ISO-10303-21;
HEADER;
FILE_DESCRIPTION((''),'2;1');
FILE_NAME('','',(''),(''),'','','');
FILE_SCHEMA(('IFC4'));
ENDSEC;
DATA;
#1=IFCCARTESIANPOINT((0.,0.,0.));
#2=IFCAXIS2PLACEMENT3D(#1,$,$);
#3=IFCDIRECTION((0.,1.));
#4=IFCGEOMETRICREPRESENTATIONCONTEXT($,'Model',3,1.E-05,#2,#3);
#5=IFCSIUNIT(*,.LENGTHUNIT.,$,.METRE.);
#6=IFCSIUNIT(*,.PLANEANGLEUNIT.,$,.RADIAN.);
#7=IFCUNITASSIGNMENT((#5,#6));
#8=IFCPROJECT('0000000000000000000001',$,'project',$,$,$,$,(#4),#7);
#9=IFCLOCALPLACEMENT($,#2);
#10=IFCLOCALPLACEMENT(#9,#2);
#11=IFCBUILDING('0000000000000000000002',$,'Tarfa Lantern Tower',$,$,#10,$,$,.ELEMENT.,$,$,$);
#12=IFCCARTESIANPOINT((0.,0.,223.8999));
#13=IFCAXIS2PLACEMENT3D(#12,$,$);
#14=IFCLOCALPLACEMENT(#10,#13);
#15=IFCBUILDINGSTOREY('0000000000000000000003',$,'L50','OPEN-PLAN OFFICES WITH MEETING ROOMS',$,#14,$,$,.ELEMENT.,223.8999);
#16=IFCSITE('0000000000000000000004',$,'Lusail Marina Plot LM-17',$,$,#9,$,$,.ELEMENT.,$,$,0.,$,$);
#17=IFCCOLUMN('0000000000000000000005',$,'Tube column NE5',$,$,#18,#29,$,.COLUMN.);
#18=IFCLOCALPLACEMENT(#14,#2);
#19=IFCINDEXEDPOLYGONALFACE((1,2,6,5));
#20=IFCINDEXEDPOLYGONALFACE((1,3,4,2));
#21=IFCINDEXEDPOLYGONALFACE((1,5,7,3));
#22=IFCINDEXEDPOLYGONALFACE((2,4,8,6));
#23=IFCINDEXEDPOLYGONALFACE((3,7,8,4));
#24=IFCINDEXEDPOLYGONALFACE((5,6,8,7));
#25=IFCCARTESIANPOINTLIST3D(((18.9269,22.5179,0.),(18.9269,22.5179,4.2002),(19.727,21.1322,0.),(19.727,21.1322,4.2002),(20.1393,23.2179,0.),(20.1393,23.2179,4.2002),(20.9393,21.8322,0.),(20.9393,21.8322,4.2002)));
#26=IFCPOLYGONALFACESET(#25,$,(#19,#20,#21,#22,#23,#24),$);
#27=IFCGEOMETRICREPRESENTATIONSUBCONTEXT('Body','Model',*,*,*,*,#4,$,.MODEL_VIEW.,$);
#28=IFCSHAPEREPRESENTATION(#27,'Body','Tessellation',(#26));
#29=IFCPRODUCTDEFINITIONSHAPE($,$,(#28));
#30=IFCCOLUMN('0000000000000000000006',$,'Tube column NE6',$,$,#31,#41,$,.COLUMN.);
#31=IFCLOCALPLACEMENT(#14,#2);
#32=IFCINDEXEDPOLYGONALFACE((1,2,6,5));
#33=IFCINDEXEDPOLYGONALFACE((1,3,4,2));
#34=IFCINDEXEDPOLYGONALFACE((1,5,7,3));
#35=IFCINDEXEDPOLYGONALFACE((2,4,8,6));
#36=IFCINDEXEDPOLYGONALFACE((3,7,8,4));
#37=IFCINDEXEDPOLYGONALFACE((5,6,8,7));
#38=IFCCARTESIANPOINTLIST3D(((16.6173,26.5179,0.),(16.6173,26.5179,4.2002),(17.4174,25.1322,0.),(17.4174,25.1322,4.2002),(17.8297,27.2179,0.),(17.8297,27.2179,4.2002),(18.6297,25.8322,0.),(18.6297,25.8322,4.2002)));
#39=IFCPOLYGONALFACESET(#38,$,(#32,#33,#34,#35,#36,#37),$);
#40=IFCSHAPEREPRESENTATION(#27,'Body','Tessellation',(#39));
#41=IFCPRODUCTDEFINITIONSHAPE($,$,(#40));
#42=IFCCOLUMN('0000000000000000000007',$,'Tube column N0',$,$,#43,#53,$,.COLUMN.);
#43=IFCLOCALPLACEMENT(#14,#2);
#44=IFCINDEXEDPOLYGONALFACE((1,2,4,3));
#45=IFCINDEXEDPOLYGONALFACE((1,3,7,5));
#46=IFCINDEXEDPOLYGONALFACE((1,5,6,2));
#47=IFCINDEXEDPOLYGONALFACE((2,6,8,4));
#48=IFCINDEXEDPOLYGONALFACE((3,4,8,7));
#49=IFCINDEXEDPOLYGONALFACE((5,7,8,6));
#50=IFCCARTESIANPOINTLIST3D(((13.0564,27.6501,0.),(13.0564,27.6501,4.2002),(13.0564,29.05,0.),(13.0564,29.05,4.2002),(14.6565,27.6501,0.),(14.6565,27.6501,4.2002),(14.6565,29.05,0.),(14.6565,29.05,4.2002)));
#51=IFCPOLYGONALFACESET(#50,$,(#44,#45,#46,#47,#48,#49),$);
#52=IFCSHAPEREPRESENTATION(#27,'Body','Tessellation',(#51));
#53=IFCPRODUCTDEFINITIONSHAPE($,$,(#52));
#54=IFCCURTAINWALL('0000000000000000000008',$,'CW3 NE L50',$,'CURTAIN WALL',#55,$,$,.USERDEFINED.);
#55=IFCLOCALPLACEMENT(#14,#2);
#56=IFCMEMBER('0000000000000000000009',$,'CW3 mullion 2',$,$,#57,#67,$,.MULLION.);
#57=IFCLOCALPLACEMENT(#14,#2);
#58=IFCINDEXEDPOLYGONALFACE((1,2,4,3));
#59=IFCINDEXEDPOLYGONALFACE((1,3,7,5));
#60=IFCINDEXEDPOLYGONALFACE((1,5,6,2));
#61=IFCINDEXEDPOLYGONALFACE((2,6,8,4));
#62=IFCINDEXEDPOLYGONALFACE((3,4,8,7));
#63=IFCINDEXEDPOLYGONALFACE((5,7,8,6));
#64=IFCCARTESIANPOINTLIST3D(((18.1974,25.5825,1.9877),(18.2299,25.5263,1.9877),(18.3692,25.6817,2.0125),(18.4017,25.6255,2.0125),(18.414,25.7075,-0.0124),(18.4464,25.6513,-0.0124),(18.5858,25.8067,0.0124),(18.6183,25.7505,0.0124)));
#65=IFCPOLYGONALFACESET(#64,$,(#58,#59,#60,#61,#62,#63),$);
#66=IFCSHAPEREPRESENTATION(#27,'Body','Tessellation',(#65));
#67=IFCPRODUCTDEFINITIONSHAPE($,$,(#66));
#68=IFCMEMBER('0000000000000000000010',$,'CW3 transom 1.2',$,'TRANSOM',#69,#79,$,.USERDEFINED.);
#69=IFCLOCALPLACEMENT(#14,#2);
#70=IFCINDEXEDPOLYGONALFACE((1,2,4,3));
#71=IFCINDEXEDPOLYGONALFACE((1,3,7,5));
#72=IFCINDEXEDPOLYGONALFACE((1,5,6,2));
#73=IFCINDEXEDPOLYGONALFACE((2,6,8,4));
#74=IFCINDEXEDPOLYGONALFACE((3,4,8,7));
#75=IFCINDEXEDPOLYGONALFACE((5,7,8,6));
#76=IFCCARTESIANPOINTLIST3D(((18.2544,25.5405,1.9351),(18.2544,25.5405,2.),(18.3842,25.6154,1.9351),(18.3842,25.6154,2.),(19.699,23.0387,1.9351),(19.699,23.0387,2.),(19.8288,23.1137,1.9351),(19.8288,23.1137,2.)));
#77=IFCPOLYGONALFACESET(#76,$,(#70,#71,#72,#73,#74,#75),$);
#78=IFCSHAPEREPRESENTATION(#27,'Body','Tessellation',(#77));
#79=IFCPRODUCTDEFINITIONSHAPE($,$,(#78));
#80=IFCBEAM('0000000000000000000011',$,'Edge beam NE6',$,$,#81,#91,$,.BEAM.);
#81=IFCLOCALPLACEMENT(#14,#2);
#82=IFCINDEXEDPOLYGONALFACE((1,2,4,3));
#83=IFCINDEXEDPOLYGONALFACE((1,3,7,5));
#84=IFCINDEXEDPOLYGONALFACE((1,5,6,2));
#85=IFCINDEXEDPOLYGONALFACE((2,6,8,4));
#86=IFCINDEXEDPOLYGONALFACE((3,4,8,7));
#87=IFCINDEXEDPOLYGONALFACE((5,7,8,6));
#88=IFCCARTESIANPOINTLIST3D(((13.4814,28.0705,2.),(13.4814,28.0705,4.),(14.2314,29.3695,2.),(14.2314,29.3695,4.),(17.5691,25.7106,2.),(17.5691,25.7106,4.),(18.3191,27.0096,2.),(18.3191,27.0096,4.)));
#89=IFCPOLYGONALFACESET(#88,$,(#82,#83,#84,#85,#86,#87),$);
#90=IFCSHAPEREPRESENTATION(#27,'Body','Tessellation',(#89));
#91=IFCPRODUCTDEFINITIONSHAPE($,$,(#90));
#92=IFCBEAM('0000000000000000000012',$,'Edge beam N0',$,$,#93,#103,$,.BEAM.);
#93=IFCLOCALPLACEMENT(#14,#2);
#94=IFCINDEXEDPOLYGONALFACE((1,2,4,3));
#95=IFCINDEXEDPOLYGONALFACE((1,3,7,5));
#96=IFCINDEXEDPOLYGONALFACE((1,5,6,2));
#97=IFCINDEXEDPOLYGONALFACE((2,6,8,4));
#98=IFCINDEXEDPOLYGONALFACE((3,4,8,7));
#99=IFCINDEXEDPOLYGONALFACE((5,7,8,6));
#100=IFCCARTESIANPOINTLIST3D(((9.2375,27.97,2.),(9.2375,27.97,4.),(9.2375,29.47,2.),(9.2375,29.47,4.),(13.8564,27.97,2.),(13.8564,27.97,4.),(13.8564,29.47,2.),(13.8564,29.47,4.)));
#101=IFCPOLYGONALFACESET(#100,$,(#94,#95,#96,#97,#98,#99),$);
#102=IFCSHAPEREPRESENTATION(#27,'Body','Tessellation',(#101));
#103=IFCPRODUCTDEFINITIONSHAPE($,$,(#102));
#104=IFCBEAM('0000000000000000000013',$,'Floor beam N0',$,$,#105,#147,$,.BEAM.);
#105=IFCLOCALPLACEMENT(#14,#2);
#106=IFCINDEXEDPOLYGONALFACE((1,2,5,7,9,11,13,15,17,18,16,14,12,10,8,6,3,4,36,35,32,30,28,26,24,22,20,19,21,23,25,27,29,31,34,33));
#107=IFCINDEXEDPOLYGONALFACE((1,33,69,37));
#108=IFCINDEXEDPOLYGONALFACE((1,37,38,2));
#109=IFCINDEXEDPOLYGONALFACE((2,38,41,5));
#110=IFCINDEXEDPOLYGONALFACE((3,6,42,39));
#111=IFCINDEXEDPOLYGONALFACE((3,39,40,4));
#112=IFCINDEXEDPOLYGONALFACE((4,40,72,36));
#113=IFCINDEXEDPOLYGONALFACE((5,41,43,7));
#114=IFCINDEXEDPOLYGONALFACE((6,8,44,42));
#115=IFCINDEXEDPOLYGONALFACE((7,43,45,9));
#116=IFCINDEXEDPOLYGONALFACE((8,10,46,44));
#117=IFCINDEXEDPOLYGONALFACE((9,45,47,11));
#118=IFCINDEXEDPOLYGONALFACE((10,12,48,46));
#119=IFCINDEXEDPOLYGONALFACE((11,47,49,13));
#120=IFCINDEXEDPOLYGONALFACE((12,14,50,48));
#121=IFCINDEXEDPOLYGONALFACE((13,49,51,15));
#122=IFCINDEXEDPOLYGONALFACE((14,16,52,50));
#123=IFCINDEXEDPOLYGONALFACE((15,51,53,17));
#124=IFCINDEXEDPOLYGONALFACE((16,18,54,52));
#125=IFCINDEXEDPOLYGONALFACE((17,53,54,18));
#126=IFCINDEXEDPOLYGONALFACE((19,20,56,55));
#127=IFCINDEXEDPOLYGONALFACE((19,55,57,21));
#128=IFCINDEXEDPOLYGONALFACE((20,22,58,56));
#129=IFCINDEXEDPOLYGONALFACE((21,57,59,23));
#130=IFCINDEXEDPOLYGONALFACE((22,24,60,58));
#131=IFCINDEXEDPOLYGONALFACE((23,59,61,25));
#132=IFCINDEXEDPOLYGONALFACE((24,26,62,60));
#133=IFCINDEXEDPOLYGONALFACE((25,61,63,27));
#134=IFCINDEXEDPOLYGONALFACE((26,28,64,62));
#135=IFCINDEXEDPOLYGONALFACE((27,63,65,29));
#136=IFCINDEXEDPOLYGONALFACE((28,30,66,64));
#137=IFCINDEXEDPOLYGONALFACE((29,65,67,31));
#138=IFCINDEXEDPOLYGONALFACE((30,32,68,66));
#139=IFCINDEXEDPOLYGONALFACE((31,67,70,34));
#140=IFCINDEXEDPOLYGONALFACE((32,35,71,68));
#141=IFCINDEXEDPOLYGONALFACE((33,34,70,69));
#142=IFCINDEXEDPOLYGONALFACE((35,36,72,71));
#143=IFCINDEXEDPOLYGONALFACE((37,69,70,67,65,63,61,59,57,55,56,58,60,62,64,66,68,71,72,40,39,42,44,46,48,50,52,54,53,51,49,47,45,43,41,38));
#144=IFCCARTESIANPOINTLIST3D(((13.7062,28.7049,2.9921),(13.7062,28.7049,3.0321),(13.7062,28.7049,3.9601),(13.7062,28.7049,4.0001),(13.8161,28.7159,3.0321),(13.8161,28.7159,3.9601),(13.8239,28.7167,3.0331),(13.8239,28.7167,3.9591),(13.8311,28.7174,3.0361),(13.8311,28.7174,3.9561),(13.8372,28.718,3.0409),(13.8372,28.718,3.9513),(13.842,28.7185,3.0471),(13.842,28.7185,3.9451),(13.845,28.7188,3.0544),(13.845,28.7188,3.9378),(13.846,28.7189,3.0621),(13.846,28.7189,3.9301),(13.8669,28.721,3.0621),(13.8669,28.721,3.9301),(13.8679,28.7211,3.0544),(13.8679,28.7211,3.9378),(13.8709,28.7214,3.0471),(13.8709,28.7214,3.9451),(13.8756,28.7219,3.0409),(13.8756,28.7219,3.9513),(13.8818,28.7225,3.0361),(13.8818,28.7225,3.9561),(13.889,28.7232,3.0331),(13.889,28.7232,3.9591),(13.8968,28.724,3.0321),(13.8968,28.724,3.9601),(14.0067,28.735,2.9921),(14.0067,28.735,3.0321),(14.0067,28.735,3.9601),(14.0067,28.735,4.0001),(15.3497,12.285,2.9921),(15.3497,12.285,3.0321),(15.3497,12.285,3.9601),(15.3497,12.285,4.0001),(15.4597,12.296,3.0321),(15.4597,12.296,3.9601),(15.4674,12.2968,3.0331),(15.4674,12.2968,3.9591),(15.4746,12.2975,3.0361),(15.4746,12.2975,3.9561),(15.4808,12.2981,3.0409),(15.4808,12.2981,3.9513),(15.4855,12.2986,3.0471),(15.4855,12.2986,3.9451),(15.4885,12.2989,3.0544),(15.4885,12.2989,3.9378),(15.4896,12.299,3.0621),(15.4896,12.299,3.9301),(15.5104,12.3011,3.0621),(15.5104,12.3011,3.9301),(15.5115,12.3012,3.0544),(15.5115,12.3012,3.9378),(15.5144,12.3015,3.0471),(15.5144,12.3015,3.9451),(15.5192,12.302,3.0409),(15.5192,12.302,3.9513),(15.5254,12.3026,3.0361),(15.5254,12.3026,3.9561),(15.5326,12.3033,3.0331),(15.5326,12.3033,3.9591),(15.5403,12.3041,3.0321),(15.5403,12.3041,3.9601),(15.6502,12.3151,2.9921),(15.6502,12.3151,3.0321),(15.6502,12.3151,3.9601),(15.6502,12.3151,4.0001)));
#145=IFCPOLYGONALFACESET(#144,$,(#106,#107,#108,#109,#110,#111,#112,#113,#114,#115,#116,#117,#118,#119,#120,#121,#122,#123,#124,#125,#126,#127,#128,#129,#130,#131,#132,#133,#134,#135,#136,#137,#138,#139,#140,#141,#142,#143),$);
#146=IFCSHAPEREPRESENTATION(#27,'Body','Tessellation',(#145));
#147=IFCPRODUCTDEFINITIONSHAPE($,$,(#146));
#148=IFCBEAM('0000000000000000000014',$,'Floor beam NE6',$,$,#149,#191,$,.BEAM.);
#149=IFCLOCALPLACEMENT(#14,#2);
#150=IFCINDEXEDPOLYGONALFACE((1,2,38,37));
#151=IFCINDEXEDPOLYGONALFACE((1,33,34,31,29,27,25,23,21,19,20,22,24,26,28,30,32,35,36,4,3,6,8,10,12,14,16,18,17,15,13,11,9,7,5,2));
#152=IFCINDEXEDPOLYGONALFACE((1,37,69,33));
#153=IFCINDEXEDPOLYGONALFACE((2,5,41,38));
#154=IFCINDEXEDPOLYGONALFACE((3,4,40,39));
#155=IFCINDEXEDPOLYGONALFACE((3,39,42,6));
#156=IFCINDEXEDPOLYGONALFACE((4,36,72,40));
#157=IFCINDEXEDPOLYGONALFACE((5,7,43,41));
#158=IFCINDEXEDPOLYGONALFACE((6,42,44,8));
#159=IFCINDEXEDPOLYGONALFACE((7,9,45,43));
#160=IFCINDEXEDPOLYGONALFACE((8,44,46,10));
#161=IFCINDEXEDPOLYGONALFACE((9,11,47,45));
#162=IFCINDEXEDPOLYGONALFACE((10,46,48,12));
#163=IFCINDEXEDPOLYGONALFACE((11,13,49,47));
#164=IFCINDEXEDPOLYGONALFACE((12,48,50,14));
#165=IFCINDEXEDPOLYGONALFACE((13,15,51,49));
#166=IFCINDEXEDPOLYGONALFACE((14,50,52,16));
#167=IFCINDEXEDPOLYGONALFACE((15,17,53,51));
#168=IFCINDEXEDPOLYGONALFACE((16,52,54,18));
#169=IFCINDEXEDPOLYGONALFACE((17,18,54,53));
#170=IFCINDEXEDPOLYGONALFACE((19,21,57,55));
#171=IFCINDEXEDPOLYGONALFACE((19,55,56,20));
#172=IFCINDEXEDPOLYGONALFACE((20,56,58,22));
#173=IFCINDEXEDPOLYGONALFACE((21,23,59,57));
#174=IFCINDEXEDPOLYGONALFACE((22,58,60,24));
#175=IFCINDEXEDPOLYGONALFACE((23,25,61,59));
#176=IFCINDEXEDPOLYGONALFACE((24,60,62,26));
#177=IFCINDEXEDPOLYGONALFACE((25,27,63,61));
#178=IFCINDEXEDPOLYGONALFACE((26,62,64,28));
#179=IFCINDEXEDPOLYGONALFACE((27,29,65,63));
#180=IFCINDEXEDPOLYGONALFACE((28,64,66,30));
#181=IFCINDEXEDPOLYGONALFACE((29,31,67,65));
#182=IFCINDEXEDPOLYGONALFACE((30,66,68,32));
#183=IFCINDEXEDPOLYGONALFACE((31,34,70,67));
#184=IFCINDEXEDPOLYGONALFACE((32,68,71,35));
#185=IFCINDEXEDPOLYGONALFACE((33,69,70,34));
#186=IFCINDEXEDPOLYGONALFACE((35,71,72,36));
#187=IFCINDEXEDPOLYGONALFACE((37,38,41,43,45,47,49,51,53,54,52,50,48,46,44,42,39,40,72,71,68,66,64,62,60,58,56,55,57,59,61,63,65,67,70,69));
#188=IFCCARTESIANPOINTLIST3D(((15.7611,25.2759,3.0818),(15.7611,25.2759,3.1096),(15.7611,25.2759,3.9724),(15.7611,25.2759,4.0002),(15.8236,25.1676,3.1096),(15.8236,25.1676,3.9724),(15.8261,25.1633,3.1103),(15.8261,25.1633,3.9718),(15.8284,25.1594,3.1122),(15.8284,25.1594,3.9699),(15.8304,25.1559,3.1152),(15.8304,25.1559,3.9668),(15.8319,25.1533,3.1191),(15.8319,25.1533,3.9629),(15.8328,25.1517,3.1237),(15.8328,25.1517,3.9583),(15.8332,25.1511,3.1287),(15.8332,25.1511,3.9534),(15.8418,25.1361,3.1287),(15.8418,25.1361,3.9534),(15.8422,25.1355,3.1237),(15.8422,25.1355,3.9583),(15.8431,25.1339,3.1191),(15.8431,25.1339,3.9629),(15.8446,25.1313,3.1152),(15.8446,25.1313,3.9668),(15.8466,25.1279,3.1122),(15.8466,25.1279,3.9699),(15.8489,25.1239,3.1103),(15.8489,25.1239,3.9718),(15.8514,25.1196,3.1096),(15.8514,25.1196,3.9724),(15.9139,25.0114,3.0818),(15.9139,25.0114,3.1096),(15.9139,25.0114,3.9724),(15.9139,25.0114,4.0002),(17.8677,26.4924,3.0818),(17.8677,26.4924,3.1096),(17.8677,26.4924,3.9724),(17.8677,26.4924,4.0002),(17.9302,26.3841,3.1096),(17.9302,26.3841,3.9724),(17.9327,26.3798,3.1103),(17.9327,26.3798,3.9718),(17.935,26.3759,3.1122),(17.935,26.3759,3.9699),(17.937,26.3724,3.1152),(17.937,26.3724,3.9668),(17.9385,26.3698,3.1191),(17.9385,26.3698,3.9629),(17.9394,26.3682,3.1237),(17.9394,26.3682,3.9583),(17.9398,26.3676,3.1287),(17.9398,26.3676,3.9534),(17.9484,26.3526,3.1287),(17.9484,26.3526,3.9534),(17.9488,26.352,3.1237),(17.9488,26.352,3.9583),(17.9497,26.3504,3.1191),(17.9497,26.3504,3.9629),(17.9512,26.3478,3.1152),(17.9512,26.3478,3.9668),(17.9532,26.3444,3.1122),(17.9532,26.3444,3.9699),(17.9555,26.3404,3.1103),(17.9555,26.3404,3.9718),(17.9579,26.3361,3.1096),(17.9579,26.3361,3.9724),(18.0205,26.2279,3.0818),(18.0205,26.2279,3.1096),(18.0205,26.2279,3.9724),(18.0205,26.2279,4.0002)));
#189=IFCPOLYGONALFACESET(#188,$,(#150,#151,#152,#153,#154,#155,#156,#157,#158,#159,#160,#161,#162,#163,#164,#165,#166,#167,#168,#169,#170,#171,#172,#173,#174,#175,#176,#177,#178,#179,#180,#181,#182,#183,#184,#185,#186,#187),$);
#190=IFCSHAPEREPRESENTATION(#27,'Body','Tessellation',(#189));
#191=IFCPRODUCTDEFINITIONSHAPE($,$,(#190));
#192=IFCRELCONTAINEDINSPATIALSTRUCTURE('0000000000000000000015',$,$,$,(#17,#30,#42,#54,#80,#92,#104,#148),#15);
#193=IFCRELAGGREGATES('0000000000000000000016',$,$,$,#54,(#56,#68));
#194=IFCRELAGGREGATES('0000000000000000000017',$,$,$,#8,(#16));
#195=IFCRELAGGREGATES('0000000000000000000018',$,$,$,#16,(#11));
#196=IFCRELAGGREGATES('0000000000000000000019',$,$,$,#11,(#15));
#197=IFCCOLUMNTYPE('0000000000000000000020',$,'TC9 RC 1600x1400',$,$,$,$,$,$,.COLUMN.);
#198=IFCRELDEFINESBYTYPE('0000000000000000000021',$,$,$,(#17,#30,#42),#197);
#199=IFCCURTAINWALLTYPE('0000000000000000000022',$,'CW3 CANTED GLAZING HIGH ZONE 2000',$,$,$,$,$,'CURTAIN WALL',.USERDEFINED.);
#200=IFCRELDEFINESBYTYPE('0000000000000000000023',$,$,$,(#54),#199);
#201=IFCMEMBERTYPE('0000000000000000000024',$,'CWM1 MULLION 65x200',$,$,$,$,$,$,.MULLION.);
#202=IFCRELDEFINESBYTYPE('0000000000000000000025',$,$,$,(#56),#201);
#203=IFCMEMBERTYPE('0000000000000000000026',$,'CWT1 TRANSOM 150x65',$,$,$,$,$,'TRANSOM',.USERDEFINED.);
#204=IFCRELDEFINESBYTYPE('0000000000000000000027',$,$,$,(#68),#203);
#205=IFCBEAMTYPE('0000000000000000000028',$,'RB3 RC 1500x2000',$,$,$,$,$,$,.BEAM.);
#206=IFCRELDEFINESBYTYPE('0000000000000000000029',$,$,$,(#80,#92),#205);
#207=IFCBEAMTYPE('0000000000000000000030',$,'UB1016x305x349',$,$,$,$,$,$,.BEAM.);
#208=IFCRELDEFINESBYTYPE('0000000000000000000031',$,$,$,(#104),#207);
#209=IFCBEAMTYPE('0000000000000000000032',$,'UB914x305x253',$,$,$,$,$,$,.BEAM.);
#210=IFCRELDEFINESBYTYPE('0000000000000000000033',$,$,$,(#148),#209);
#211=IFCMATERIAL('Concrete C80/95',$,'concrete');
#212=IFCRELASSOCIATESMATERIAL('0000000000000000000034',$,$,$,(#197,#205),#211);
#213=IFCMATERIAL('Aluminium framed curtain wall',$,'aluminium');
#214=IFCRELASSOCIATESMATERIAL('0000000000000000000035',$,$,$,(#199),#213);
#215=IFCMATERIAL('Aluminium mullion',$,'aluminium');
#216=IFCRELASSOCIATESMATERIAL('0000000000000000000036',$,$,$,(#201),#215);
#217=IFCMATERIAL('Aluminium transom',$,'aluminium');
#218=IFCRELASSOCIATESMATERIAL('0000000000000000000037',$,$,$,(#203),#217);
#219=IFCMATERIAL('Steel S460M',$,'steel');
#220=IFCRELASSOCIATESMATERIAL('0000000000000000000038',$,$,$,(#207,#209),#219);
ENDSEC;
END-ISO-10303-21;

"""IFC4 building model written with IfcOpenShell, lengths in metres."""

from ifc_helpers import new_model, si_unit, direction, frame, origin, origin_2d, place, context, subcontext, project, spatial, rectangle, i_section, extrude, material, material_profile, profile_set, type_object, element, aggregate, save


model = new_model("IFC4")

# Units and contexts
model_context = context("Model", 3, precision=1e-05, world=origin(), true_north=direction((0.0, 1.0)))
body_context = subcontext(model_context, "Body", "Model", "MODEL_VIEW")
ifc_project = project(units=[si_unit("LENGTHUNIT", "METRE"), si_unit("PLANEANGLEUNIT", "RADIAN")], contexts=[model_context])

# Site, building, storey
site_placement = place(None, origin())
site = spatial("IfcSite", under=ifc_project, at=site_placement, Name="Lusail Marina Plot LM-17", CompositionType="ELEMENT", RefElevation=0.0)
building_placement = place(site_placement, origin())
building = spatial("IfcBuilding", under=site, at=building_placement, Name="Tarfa Lantern Tower", CompositionType="ELEMENT")
storey_placement = place(building_placement, frame((0.0, 0.0, 223.8999)))
storey = spatial("IfcBuildingStorey", under=building, at=storey_placement, Name="L50", Description="OPEN-PLAN OFFICES WITH MEETING ROOMS", CompositionType="ELEMENT", Elevation=223.8999)

# Columns
ifc_material_1 = material(Name="Concrete C80/95", Category="concrete")
ifc_material_profile_1 = material_profile(ifc_material_1, rectangle(XDim=1.6001, YDim=1.3999, at=origin_2d()), Name="RC 1600x1400")
ifc_profile_set_1 = profile_set([ifc_material_profile_1], Name="Concrete C80/95")
column_type = type_object("IfcColumnType", Name="TC9 RC 1600x1400", PredefinedType="COLUMN", material=ifc_profile_set_1)
for number, where, z_axis, x_axis, name in (
    (1, (19.9331, 22.175, 0.0), (0.0, 0.0, 1.0), (-0.5, 0.866025, 0.0), "Tube column NE5"),
    (2, (17.6235, 26.175, 0.0), (0.0, 0.0, 1.0), (-0.5, 0.866025, 0.0), "Tube column NE6"),
    (3, (13.8564, 28.3501, 0.0), (0.0, 0.0, 1.0), (-1.0, 0.0, 0.0), "Tube column N0"),
):
    element("IfcColumn", number, at=place(storey_placement, frame(where, z_axis=z_axis, x_axis=x_axis)), inside=storey, type_object=column_type, Name=name, PredefinedType="COLUMN", context=body_context, shape_type="SweptSolid", body=[
        extrude(rectangle(XDim=1.6001, YDim=1.3999, at=origin_2d()), origin(), (0.0, 0.0, 1.0), 4.2002),
    ])

# Curtain wall, members
ifc_material_2 = material(Name="Aluminium framed curtain wall", Category="aluminium")
curtain_wall_type = type_object("IfcCurtainWallType", Name="CW3 CANTED GLAZING HIGH ZONE 2000", ElementType="CURTAIN WALL", PredefinedType="USERDEFINED", material=ifc_material_2)
curtain_wall_placement = place(storey_placement, origin())
curtain_wall = element("IfcCurtainWall", 4, at=curtain_wall_placement, inside=storey, type_object=curtain_wall_type, Name="CW3 NE L50", ObjectType="CURTAIN WALL", PredefinedType="USERDEFINED")
ifc_material_3 = material(Name="Aluminium mullion", Category="aluminium")
ifc_material_profile_2 = material_profile(ifc_material_3, rectangle(XDim=0.0649, YDim=0.2, at=origin_2d()), Name="AL MULLION 65x200")
ifc_profile_set_2 = profile_set([ifc_material_profile_2], Name="Aluminium mullion")
member_type_1 = type_object("IfcMemberType", Name="CWM1 MULLION 65x200", PredefinedType="MULLION", material=ifc_profile_set_2)
member_1_placement = place(storey_placement, frame((18.5161, 25.729, 0.0), z_axis=(-0.10744, -0.062017, 0.992275), x_axis=(0.49992, -0.866072, 0.0)))
member_1 = element("IfcMember", 5, at=member_1_placement, type_object=member_type_1, Name="CW3 mullion 2", PredefinedType="MULLION", context=body_context, shape_type="SweptSolid", body=[
    extrude(rectangle(XDim=0.0649, YDim=0.2, at=origin_2d()), origin(), (0.0, 0.0, 1.0), 2.0156),
])
ifc_material_4 = material(Name="Aluminium transom", Category="aluminium")
ifc_material_profile_3 = material_profile(ifc_material_4, rectangle(XDim=0.1499, YDim=0.0649, at=origin_2d()), Name="AL TRANSOM 150x65")
ifc_profile_set_3 = profile_set([ifc_material_profile_3], Name="Aluminium transom")
member_type_2 = type_object("IfcMemberType", Name="CWT1 TRANSOM 150x65", ElementType="TRANSOM", PredefinedType="USERDEFINED", material=ifc_profile_set_3)
member_2_placement = place(storey_placement, frame((19.7639, 23.0762, 1.9675), z_axis=(-0.500057, 0.865993, 0.0), x_axis=(-0.865993, -0.500057, 0.0)))
member_2 = element("IfcMember", 6, at=member_2_placement, type_object=member_type_2, Name="CW3 transom 1.2", ObjectType="TRANSOM", PredefinedType="USERDEFINED", context=body_context, shape_type="SweptSolid", body=[
    extrude(rectangle(XDim=0.1499, YDim=0.0649, at=origin_2d()), origin(), (0.0, 0.0, 1.0), 2.8889),
])
aggregate(curtain_wall, [member_1, member_2])

# Beams
ifc_material_profile_4 = material_profile(ifc_material_1, rectangle(XDim=1.5, YDim=2.0, at=origin_2d()), Name="RC 1500x2000")
ifc_profile_set_4 = profile_set([ifc_material_profile_4], Name="Concrete C80/95")
beam_type_1 = type_object("IfcBeamType", Name="RB3 RC 1500x2000", PredefinedType="BEAM", material=ifc_profile_set_4)
beam_1_placement = place(storey_placement, frame((17.9441, 26.3601, 3.0), z_axis=(-0.866038, 0.499978, 0.0), x_axis=(-0.499978, -0.866038, 0.0)))
element("IfcBeam", 7, at=beam_1_placement, inside=storey, type_object=beam_type_1, Name="Edge beam NE6", PredefinedType="BEAM", context=body_context, shape_type="SweptSolid", body=[
    extrude(rectangle(XDim=1.5, YDim=2.0, at=origin_2d()), origin(), (0.0, 0.0, 1.0), 4.72),
])
beam_2_placement = place(storey_placement, frame((13.8564, 28.72, 3.0), z_axis=(-1.0, 0.0, 0.0), x_axis=(0.0, -1.0, 0.0)))
element("IfcBeam", 8, at=beam_2_placement, inside=storey, type_object=beam_type_1, Name="Edge beam N0", PredefinedType="BEAM", context=body_context, shape_type="SweptSolid", body=[
    extrude(rectangle(XDim=1.5, YDim=2.0, at=origin_2d()), origin(), (0.0, 0.0, 1.0), 4.6189),
])
ifc_material_5 = material(Name="Steel S460M", Category="steel")
ifc_material_profile_5 = material_profile(ifc_material_5, i_section(OverallWidth=0.302, OverallDepth=1.0081, WebThickness=0.021, FlangeThickness=0.04, FilletRadius=0.03, at=origin_2d()), Name="UB1016x305x349")
ifc_profile_set_5 = profile_set([ifc_material_profile_5], Name="Steel S460M")
beam_type_2 = type_object("IfcBeamType", Name="UB1016x305x349", PredefinedType="BEAM", material=ifc_profile_set_5)
beam_3_placement = place(storey_placement, frame((13.8564, 28.72, 3.4961), z_axis=(0.099597, -0.995028, 0.0), x_axis=(0.995028, 0.099597, 0.0)))
element("IfcBeam", 9, at=beam_3_placement, inside=storey, type_object=beam_type_2, Name="Floor beam N0", PredefinedType="BEAM", context=body_context, shape_type="SweptSolid", body=[
    extrude(i_section(OverallWidth=0.302, OverallDepth=1.0081, WebThickness=0.021, FlangeThickness=0.04, FilletRadius=0.03, at=origin_2d()), origin(), (0.0, 0.0, 1.0), 16.502),
])
ifc_material_profile_6 = material_profile(ifc_material_5, i_section(OverallWidth=0.3054, OverallDepth=0.9185, WebThickness=0.0173, FlangeThickness=0.0278, FilletRadius=0.019, at=origin_2d()), Name="UB914x305x253")
ifc_profile_set_6 = profile_set([ifc_material_profile_6], Name="Steel S460M")
beam_type_3 = type_object("IfcBeamType", Name="UB914x305x253", PredefinedType="BEAM", material=ifc_profile_set_6)
beam_4_placement = place(storey_placement, frame((17.9441, 26.3601, 3.541), z_axis=(-0.86598, -0.500079, 0.0), x_axis=(0.500079, -0.86598, 0.0)))
element("IfcBeam", 10, at=beam_4_placement, inside=storey, type_object=beam_type_3, Name="Floor beam NE6", PredefinedType="BEAM", context=body_context, shape_type="SweptSolid", body=[
    extrude(i_section(OverallWidth=0.3054, OverallDepth=0.9185, WebThickness=0.0173, FlangeThickness=0.0278, FilletRadius=0.019, at=origin_2d()), origin(), (0.0, 0.0, 1.0), 2.4326),
])

save(model, "model.ifc")
